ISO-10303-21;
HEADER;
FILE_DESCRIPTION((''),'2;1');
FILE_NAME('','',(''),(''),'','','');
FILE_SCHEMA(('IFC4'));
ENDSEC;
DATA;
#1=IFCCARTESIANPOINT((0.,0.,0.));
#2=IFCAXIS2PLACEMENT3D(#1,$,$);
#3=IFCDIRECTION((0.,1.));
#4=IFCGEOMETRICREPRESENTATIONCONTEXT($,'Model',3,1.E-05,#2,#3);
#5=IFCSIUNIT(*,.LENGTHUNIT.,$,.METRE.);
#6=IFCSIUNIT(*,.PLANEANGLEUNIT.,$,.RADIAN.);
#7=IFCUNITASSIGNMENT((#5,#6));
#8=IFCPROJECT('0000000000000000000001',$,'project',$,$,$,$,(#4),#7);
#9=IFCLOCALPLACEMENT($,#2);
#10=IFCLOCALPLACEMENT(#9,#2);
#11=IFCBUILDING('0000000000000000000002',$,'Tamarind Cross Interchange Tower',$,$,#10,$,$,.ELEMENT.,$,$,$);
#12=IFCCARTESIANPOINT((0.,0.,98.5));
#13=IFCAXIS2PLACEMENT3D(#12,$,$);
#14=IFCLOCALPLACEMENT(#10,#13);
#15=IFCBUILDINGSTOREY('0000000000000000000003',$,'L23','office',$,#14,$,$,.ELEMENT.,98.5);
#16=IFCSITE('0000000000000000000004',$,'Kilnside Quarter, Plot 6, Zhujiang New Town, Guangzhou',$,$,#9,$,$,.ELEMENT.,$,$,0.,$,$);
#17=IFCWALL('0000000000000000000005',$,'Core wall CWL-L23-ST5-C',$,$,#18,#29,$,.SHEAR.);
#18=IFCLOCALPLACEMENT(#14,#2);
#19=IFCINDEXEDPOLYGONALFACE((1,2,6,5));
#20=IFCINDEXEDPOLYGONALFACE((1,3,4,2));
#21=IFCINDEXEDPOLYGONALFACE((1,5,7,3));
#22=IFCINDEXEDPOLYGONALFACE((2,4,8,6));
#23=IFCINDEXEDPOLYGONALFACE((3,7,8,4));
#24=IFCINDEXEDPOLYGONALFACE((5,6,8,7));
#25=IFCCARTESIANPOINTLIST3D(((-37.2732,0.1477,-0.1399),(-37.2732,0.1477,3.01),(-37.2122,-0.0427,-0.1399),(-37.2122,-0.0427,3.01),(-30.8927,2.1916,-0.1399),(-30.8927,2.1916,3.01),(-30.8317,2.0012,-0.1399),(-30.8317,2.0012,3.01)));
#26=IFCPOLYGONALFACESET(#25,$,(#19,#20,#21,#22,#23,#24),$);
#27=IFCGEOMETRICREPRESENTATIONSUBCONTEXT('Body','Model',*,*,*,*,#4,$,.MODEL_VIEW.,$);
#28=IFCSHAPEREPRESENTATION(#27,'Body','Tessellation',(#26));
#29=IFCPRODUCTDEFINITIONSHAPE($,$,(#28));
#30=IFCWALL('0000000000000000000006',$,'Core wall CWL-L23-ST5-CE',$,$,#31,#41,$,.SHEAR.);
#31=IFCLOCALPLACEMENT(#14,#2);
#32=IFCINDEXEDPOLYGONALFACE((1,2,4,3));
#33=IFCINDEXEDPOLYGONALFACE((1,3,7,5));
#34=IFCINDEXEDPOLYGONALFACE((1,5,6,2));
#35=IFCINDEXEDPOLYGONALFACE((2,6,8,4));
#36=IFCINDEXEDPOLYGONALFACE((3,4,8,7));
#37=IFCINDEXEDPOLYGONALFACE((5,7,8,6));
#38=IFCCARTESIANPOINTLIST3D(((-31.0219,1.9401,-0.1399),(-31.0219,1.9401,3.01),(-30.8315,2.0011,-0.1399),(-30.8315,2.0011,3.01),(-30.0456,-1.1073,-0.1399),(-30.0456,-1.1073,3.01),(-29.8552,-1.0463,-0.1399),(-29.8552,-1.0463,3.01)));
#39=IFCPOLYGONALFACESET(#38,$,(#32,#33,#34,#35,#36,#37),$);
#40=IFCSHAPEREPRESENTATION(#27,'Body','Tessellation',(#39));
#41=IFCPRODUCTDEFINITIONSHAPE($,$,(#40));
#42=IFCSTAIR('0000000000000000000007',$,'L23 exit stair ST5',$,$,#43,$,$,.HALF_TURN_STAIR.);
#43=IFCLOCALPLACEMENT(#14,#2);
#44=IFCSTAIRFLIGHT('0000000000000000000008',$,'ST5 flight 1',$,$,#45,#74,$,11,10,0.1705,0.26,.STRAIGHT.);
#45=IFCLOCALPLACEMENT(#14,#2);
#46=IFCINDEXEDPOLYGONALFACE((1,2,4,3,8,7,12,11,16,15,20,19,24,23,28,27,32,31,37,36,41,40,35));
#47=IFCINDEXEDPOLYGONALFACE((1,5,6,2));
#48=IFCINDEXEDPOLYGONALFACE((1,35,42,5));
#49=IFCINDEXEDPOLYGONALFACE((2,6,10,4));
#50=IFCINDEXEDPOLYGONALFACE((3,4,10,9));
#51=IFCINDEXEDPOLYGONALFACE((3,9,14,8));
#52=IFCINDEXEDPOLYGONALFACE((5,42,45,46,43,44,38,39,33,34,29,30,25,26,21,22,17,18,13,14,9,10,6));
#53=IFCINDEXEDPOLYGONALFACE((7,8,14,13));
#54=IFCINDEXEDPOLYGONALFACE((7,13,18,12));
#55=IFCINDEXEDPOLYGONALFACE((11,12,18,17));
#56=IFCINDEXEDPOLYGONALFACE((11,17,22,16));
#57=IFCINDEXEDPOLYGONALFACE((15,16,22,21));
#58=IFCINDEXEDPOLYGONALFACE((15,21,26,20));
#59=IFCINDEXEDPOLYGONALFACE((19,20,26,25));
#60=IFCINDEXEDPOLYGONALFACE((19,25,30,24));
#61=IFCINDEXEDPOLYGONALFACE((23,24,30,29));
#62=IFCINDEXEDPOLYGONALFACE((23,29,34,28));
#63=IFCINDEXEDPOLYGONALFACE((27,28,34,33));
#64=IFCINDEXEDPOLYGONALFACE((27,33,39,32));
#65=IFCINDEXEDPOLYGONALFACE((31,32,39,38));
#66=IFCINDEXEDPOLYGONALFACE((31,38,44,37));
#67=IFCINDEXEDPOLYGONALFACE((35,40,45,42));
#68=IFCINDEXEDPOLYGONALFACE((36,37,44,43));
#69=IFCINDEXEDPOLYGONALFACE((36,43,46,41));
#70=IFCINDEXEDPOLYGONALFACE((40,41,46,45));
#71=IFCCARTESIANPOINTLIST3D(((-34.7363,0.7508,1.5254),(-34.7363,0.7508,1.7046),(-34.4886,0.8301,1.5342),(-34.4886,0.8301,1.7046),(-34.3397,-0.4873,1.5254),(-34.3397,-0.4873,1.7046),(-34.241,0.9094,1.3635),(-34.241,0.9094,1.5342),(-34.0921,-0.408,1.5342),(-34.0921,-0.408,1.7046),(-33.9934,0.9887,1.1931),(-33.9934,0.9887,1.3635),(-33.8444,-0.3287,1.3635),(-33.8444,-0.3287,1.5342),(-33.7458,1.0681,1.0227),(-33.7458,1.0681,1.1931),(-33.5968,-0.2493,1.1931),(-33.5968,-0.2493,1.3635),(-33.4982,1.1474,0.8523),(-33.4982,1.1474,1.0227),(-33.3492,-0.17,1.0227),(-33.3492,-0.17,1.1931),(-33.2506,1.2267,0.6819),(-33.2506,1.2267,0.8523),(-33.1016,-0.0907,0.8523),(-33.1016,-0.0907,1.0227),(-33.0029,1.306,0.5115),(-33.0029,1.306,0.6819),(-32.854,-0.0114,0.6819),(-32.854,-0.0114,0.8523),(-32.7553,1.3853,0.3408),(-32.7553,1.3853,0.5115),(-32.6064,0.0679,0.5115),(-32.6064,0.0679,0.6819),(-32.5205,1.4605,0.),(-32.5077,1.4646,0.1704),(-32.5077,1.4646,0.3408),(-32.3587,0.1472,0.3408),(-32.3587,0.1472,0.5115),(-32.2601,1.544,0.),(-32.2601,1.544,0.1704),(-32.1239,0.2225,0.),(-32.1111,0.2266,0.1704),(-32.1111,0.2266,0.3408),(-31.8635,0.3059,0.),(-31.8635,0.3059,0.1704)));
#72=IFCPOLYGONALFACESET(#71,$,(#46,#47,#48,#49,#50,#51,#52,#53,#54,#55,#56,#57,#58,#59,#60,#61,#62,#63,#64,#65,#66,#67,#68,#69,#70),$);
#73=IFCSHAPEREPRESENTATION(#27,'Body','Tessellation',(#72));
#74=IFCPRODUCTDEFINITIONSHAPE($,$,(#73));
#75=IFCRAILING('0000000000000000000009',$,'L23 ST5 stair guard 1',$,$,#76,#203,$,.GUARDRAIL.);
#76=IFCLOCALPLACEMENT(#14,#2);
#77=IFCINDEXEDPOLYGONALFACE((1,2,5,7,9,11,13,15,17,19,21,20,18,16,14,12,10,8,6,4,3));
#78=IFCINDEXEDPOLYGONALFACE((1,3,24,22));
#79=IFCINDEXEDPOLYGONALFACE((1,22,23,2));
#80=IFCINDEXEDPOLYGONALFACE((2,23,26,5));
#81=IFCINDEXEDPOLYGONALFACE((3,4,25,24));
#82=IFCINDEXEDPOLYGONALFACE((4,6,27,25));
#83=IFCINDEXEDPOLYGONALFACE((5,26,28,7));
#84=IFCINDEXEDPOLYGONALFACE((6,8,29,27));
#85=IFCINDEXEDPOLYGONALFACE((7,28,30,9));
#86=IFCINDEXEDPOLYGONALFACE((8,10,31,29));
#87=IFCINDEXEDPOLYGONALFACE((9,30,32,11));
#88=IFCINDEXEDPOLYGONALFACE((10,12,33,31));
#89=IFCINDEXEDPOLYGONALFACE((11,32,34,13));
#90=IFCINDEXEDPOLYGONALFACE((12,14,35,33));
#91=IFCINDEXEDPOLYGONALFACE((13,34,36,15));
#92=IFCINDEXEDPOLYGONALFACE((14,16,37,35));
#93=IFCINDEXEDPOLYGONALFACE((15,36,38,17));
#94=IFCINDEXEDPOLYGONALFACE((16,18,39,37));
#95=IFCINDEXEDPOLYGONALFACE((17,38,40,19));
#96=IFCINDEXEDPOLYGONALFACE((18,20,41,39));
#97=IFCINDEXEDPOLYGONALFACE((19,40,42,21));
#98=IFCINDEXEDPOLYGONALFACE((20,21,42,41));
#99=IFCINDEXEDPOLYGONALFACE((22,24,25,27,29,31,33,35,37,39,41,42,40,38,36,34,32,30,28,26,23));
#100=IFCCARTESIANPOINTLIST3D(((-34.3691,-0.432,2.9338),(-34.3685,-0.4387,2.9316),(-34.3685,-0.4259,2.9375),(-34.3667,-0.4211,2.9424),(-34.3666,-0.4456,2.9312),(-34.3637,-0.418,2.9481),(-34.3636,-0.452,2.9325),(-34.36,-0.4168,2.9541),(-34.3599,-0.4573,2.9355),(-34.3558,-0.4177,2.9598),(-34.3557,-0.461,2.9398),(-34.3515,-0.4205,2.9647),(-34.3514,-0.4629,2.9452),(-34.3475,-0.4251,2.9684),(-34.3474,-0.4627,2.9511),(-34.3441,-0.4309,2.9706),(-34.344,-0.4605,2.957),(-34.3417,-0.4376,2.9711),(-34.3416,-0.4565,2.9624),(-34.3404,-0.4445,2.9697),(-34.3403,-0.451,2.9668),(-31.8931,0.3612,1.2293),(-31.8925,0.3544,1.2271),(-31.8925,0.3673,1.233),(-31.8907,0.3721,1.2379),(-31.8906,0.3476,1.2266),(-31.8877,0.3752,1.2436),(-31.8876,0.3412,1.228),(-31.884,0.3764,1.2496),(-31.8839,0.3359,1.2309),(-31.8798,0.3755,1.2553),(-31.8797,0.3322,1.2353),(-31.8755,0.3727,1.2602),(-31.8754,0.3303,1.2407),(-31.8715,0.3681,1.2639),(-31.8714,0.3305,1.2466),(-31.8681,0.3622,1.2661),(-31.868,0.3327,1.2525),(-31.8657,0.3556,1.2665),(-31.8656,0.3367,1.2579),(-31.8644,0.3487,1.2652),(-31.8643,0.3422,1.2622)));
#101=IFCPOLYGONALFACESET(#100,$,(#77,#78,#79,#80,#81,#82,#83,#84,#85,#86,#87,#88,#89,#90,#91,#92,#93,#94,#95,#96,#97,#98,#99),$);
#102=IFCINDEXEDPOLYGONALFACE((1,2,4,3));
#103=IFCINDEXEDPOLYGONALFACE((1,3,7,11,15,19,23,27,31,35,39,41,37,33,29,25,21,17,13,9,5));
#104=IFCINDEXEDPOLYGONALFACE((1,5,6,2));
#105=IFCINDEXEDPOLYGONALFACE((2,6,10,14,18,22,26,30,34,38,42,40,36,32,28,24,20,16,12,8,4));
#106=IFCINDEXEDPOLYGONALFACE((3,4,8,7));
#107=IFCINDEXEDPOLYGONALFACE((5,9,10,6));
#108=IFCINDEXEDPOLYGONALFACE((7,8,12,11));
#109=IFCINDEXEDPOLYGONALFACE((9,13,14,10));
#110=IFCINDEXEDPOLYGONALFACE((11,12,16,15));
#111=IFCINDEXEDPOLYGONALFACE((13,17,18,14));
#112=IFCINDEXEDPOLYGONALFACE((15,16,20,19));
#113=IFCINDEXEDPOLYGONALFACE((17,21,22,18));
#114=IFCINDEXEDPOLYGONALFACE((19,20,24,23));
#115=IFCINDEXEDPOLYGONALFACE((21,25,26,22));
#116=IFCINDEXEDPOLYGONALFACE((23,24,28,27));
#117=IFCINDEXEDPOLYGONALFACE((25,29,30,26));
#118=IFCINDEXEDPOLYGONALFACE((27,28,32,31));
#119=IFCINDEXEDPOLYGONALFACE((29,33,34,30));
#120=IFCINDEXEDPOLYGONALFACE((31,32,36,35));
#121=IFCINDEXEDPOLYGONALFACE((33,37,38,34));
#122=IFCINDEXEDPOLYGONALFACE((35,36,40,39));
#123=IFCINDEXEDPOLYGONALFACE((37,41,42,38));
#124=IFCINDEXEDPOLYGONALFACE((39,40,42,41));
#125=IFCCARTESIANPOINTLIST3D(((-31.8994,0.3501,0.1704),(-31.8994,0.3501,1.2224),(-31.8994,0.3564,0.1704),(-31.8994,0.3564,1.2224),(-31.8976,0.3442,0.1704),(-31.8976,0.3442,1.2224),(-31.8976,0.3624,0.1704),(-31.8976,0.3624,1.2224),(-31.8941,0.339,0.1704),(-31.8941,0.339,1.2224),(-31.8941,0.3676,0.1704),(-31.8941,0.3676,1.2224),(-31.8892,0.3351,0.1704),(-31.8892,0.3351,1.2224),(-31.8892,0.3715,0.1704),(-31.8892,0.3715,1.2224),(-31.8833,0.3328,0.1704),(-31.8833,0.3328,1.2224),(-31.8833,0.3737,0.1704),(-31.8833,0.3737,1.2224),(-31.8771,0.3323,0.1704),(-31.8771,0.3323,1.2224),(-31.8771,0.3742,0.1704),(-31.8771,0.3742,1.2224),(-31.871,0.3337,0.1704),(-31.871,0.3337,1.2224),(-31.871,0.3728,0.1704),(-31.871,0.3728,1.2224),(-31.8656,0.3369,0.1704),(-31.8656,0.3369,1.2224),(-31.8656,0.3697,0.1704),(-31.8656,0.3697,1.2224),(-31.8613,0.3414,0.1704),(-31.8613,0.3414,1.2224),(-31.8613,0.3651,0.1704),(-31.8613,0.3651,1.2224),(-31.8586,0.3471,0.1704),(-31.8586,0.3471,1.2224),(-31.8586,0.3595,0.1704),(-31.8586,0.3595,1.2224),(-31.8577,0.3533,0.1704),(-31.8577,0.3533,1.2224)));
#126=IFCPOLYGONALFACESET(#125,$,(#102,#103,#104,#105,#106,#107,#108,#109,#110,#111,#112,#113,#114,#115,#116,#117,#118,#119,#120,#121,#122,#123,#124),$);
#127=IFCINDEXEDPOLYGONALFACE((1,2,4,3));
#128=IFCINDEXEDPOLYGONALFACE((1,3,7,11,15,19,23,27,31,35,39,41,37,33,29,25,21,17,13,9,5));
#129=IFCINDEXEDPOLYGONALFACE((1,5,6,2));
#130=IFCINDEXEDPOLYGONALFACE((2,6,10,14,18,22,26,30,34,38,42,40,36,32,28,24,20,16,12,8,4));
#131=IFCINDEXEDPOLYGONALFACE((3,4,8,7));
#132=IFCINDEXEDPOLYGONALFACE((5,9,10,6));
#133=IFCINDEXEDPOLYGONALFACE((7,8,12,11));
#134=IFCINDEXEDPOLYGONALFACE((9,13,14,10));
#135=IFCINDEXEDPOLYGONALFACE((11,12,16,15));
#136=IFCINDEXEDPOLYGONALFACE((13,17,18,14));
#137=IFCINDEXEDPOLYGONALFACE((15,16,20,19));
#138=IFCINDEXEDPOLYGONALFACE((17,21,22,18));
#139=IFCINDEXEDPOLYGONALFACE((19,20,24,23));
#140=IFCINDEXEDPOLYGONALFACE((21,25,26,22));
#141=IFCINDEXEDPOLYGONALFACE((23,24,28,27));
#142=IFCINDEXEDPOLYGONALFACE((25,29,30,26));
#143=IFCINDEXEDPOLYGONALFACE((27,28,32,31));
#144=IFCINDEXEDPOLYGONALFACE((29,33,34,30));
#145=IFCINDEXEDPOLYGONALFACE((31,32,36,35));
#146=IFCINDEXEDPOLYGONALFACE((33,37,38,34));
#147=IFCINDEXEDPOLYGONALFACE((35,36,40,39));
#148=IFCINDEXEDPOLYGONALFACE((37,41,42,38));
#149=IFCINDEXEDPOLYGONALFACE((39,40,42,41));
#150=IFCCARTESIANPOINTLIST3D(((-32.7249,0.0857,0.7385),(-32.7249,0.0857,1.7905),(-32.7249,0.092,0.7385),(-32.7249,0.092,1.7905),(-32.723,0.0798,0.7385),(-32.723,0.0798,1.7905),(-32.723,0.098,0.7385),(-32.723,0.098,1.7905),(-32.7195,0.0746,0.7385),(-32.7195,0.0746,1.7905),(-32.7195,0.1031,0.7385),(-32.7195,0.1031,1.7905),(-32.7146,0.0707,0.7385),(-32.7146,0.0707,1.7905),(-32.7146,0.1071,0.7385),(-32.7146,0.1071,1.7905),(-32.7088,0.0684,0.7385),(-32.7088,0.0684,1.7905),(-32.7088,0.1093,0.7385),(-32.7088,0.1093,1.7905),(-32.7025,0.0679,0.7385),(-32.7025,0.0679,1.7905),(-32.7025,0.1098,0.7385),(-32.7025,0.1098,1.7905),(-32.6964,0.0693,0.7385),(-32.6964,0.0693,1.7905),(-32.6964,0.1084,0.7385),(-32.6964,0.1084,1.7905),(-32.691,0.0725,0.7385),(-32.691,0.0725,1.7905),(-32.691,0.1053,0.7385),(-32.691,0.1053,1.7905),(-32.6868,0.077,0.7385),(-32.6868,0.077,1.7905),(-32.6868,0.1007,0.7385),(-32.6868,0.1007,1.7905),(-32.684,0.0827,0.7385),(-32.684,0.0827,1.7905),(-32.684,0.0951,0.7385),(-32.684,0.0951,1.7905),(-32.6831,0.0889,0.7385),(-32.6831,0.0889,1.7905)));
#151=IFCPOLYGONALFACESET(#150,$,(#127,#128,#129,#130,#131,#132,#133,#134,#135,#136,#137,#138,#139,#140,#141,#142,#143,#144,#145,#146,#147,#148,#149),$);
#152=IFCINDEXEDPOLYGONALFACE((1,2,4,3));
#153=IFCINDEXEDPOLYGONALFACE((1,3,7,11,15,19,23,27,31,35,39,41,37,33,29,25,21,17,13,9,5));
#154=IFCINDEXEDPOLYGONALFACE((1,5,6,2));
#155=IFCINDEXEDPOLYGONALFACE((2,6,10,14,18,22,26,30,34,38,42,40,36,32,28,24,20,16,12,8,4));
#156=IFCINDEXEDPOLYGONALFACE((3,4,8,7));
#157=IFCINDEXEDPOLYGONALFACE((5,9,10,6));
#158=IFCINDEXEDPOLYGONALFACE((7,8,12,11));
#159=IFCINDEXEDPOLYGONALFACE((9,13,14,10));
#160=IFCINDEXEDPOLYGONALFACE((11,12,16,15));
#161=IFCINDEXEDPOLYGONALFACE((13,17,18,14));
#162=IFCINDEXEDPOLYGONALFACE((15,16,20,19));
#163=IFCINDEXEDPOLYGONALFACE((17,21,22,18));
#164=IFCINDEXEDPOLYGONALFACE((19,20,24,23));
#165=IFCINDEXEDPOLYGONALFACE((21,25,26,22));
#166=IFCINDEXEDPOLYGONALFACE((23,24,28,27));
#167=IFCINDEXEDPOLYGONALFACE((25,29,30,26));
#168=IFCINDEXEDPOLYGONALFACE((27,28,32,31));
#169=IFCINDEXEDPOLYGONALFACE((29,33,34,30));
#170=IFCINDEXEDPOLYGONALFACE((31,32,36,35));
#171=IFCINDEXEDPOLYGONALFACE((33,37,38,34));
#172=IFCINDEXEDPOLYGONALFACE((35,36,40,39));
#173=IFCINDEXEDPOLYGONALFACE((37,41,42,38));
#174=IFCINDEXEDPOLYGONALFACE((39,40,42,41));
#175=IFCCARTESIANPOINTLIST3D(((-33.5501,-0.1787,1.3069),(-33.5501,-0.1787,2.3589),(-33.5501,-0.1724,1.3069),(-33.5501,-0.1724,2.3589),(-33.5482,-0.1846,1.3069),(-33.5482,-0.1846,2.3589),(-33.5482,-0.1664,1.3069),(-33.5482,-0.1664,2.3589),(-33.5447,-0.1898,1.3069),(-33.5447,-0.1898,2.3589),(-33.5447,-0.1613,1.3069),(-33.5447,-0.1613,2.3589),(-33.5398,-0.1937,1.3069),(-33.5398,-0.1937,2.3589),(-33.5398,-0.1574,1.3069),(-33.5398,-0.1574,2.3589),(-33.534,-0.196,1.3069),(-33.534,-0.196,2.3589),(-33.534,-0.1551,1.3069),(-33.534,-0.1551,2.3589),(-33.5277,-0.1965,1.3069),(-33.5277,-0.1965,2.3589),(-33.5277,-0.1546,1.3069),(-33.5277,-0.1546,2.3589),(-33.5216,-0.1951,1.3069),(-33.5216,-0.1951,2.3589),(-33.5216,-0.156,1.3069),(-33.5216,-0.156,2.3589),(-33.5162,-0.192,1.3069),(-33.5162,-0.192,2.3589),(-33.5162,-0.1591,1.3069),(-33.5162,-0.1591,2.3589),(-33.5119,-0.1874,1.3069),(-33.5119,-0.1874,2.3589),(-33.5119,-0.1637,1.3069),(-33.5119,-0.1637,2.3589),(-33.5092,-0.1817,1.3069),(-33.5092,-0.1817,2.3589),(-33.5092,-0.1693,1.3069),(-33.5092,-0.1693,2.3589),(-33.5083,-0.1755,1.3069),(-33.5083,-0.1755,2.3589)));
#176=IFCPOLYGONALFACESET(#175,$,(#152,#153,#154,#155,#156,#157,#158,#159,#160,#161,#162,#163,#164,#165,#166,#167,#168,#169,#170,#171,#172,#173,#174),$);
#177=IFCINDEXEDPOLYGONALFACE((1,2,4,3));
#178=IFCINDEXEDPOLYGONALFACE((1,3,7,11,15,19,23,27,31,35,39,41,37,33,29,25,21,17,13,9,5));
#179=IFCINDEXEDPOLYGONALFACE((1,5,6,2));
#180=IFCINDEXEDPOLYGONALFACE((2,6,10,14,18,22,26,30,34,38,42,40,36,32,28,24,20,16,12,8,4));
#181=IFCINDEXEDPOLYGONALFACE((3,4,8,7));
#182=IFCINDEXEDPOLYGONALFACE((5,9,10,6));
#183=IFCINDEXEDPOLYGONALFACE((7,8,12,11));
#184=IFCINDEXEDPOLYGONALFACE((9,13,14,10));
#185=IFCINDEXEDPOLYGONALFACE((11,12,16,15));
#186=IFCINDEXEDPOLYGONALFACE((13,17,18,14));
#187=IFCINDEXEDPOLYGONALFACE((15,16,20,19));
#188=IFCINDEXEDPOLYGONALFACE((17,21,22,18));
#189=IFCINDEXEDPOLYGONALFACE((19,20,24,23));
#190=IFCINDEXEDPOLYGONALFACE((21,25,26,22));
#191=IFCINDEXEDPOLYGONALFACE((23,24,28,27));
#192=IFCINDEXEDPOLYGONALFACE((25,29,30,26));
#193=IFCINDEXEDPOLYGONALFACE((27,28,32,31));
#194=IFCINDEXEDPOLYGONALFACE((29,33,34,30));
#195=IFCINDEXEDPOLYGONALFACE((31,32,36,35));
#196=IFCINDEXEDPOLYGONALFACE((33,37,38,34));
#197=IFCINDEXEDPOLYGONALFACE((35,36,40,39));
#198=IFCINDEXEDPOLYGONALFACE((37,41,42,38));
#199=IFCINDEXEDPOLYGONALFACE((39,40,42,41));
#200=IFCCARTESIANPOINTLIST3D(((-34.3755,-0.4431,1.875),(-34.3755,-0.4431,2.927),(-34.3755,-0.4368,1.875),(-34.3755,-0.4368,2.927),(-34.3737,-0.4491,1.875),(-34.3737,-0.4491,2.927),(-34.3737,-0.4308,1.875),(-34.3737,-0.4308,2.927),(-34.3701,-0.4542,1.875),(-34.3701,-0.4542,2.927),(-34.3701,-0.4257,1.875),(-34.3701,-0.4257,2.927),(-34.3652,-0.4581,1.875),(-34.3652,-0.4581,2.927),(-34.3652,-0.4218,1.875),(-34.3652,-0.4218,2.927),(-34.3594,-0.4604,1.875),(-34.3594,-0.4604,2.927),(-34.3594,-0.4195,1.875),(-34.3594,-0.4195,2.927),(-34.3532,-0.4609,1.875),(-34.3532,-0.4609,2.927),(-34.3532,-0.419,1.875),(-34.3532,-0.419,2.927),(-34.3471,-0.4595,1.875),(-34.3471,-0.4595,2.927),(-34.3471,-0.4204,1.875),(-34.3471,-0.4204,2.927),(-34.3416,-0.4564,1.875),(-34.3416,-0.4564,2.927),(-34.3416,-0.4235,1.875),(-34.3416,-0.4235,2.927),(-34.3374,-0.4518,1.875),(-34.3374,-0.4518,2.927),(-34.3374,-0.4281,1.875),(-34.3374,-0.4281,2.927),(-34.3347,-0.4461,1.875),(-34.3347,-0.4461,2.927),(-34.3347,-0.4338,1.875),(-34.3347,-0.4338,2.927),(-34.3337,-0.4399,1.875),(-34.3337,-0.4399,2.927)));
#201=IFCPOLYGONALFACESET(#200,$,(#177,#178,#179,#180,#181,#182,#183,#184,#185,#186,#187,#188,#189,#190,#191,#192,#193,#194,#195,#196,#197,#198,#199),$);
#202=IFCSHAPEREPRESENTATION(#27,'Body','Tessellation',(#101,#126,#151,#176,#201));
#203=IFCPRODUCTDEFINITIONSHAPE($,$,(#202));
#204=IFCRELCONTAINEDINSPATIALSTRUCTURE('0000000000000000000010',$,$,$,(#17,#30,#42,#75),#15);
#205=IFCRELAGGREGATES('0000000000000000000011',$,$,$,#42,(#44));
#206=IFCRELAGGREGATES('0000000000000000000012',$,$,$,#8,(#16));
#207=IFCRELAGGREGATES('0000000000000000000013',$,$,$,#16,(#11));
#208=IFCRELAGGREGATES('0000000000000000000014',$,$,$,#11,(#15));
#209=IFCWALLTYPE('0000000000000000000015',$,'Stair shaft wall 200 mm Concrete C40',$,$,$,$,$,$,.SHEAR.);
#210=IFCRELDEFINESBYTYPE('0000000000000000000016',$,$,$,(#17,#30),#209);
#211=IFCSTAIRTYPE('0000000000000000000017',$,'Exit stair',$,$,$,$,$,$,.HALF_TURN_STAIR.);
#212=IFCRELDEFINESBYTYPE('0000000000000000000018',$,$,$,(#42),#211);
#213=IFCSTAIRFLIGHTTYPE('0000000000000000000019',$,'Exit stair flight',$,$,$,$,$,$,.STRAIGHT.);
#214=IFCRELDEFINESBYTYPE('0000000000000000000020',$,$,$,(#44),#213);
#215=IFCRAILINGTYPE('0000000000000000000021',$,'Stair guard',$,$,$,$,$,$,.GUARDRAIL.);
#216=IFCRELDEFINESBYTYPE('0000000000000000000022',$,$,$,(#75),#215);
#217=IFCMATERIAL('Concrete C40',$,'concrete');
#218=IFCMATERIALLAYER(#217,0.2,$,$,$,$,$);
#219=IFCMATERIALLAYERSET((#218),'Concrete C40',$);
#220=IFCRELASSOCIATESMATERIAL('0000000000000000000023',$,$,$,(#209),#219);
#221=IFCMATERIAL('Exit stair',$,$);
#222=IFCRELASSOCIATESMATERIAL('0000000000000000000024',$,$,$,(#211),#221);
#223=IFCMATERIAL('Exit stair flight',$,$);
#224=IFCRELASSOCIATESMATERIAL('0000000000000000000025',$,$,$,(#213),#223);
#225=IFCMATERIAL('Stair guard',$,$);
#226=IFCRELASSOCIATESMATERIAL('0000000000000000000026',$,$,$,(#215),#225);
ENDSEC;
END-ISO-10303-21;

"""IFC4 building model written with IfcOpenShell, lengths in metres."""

from ifc_helpers import new_model, si_unit, direction, frame, frame_2d, origin, origin_2d, place, context, subcontext, project, spatial, polyline, rectangle, circle, outline, extrude, material, layer, layer_set, type_object, element, aggregate, save


model = new_model("IFC4")

# Units and contexts
model_context = context("Model", 3, precision=1e-05, world=origin(), true_north=direction((0.0, 1.0)))
body_context = subcontext(model_context, "Body", "Model", "MODEL_VIEW")
ifc_project = project(units=[si_unit("LENGTHUNIT", "METRE"), si_unit("PLANEANGLEUNIT", "RADIAN")], contexts=[model_context])

# Site, building, storey
site_placement = place(None, origin())
site = spatial("IfcSite", under=ifc_project, at=site_placement, Name="Kilnside Quarter, Plot 6, Zhujiang New Town, Guangzhou", CompositionType="ELEMENT", RefElevation=0.0)
building_placement = place(site_placement, origin())
building = spatial("IfcBuilding", under=site, at=building_placement, Name="Tamarind Cross Interchange Tower", CompositionType="ELEMENT")
storey_placement = place(building_placement, frame((0.0, 0.0, 98.5)))
storey = spatial("IfcBuildingStorey", under=building, at=storey_placement, Name="L23", Description="office", CompositionType="ELEMENT", Elevation=98.5)

# Walls
ifc_material_1 = material(Name="Concrete C40", Category="concrete")
ifc_layer_1 = layer(ifc_material_1, 0.2)
ifc_layer_set_1 = layer_set([ifc_layer_1], Name="Concrete C40")
wall_type_1 = type_object("IfcWallType", Name="Stair shaft wall 200 mm Concrete C40", PredefinedType="SHEAR", material=ifc_layer_set_1)
wall_1_placement = place(storey_placement, frame((-30.8621, 2.0964, -0.1399), z_axis=(0.0, 0.0, 1.0), x_axis=(-0.952331, -0.305067, 0.0)))
element("IfcWall", 1, at=wall_1_placement, inside=storey, type_object=wall_type_1, Name="Core wall CWL-L23-ST5-C", PredefinedType="SHEAR", context=body_context, shape_type="SweptSolid", body=[
    extrude(rectangle(XDim=6.7, YDim=0.2, at=frame_2d((3.3501, 0.0))), origin(), (0.0, 0.0, 1.0), 3.1499),
])
wall_2_placement = place(storey_placement, frame((-30.9268, 1.9707, -0.1399), z_axis=(0.0, 0.0, 1.0), x_axis=(0.305105, -0.952319, 0.0)))
element("IfcWall", 2, at=wall_2_placement, inside=storey, type_object=wall_type_1, Name="Core wall CWL-L23-ST5-CE", PredefinedType="SHEAR", context=body_context, shape_type="SweptSolid", body=[
    extrude(rectangle(XDim=3.2, YDim=0.2, at=frame_2d((1.6001, 0.0))), origin(), (0.0, 0.0, 1.0), 3.1499),
])

# Stair, stair flight
ifc_material_2 = material(Name="Exit stair")
stair_type = type_object("IfcStairType", Name="Exit stair", PredefinedType="HALF_TURN_STAIR", material=ifc_material_2)
stair_placement = place(storey_placement, origin())
stair = element("IfcStair", 3, at=stair_placement, inside=storey, type_object=stair_type, Name="L23 exit stair ST5", PredefinedType="HALF_TURN_STAIR")
ifc_material_3 = material(Name="Exit stair flight")
stair_flight_type = type_object("IfcStairFlightType", Name="Exit stair flight", PredefinedType="STRAIGHT", material=ifc_material_3)
stair_flight_placement = place(storey_placement, frame((-32.0618, 0.9248, 0.0), z_axis=(0.0, 0.0, 1.0), x_axis=(-0.952334, -0.305057, 0.0)))
stair_flight = element("IfcStairFlight", 4, at=stair_flight_placement, type_object=stair_flight_type, Name="ST5 flight 1", NumberOfRisers=11, NumberOfTreads=10, PredefinedType="STRAIGHT", RiserHeight=0.1705, TreadLength=0.26, context=body_context, shape_type="SweptSolid", body=[
    extrude(outline(polyline([(0.0, 0.0), (0.0, 0.1704), (0.26, 0.1704), (0.26, 0.3408), (0.52, 0.3408), (0.52, 0.5115), (0.78, 0.5115), (0.78, 0.6819), (1.04, 0.6819), (1.04, 0.8523), (1.3, 0.8523), (1.3, 1.0227), (1.5601, 1.0227), (1.5601, 1.1931), (1.8201, 1.1931), (1.8201, 1.3635), (2.0801, 1.3635), (2.0801, 1.5342), (2.3401, 1.5342), (2.3401, 1.7046), (2.6001, 1.7046), (2.6001, 1.875), (2.6001, 1.5254), (0.2734, 0.0), (0.0, 0.0)])), frame((0.0, 0.6499, 0.0), z_axis=(0.0, -1.0, 0.0), x_axis=(1.0, 0.0, 0.0)), (0.0, 0.0, 1.0), 1.3),
])
aggregate(stair, [stair_flight])

# Railing
ifc_material_4 = material(Name="Stair guard")
railing_type_1 = type_object("IfcRailingType", Name="Stair guard", PredefinedType="GUARDRAIL", material=ifc_material_4)
railing_1_placement = place(storey_placement, frame((-31.8787, 0.3533, 0.1704)))
element("IfcRailing", 5, at=railing_1_placement, inside=storey, type_object=railing_type_1, Name="L23 ST5 stair guard 1", PredefinedType="GUARDRAIL", context=body_context, shape_type="SweptSolid", body=[
    extrude(circle(Radius=0.0239, at=origin_2d()), frame((0.0, 0.0, 1.0762), z_axis=(-0.796427, -0.255136, 0.548279), x_axis=(0.305079, -0.952327, 0.0)), (0.0, 0.0, 1.0), 3.1089),
    extrude(circle(Radius=0.021, at=origin_2d()), origin(), (0.0, 0.0, 1.0), 1.052),
    extrude(circle(Radius=0.021, at=origin_2d()), frame((-0.8254, -0.2644, 0.5681)), (0.0, 0.0, 1.0), 1.052),
    extrude(circle(Radius=0.021, at=origin_2d()), frame((-1.6506, -0.5288, 1.1365)), (0.0, 0.0, 1.0), 1.052),
    extrude(circle(Radius=0.021, at=origin_2d()), frame((-2.4761, -0.7932, 1.7046)), (0.0, 0.0, 1.0), 1.052),
])

save(model, "model.ifc")
